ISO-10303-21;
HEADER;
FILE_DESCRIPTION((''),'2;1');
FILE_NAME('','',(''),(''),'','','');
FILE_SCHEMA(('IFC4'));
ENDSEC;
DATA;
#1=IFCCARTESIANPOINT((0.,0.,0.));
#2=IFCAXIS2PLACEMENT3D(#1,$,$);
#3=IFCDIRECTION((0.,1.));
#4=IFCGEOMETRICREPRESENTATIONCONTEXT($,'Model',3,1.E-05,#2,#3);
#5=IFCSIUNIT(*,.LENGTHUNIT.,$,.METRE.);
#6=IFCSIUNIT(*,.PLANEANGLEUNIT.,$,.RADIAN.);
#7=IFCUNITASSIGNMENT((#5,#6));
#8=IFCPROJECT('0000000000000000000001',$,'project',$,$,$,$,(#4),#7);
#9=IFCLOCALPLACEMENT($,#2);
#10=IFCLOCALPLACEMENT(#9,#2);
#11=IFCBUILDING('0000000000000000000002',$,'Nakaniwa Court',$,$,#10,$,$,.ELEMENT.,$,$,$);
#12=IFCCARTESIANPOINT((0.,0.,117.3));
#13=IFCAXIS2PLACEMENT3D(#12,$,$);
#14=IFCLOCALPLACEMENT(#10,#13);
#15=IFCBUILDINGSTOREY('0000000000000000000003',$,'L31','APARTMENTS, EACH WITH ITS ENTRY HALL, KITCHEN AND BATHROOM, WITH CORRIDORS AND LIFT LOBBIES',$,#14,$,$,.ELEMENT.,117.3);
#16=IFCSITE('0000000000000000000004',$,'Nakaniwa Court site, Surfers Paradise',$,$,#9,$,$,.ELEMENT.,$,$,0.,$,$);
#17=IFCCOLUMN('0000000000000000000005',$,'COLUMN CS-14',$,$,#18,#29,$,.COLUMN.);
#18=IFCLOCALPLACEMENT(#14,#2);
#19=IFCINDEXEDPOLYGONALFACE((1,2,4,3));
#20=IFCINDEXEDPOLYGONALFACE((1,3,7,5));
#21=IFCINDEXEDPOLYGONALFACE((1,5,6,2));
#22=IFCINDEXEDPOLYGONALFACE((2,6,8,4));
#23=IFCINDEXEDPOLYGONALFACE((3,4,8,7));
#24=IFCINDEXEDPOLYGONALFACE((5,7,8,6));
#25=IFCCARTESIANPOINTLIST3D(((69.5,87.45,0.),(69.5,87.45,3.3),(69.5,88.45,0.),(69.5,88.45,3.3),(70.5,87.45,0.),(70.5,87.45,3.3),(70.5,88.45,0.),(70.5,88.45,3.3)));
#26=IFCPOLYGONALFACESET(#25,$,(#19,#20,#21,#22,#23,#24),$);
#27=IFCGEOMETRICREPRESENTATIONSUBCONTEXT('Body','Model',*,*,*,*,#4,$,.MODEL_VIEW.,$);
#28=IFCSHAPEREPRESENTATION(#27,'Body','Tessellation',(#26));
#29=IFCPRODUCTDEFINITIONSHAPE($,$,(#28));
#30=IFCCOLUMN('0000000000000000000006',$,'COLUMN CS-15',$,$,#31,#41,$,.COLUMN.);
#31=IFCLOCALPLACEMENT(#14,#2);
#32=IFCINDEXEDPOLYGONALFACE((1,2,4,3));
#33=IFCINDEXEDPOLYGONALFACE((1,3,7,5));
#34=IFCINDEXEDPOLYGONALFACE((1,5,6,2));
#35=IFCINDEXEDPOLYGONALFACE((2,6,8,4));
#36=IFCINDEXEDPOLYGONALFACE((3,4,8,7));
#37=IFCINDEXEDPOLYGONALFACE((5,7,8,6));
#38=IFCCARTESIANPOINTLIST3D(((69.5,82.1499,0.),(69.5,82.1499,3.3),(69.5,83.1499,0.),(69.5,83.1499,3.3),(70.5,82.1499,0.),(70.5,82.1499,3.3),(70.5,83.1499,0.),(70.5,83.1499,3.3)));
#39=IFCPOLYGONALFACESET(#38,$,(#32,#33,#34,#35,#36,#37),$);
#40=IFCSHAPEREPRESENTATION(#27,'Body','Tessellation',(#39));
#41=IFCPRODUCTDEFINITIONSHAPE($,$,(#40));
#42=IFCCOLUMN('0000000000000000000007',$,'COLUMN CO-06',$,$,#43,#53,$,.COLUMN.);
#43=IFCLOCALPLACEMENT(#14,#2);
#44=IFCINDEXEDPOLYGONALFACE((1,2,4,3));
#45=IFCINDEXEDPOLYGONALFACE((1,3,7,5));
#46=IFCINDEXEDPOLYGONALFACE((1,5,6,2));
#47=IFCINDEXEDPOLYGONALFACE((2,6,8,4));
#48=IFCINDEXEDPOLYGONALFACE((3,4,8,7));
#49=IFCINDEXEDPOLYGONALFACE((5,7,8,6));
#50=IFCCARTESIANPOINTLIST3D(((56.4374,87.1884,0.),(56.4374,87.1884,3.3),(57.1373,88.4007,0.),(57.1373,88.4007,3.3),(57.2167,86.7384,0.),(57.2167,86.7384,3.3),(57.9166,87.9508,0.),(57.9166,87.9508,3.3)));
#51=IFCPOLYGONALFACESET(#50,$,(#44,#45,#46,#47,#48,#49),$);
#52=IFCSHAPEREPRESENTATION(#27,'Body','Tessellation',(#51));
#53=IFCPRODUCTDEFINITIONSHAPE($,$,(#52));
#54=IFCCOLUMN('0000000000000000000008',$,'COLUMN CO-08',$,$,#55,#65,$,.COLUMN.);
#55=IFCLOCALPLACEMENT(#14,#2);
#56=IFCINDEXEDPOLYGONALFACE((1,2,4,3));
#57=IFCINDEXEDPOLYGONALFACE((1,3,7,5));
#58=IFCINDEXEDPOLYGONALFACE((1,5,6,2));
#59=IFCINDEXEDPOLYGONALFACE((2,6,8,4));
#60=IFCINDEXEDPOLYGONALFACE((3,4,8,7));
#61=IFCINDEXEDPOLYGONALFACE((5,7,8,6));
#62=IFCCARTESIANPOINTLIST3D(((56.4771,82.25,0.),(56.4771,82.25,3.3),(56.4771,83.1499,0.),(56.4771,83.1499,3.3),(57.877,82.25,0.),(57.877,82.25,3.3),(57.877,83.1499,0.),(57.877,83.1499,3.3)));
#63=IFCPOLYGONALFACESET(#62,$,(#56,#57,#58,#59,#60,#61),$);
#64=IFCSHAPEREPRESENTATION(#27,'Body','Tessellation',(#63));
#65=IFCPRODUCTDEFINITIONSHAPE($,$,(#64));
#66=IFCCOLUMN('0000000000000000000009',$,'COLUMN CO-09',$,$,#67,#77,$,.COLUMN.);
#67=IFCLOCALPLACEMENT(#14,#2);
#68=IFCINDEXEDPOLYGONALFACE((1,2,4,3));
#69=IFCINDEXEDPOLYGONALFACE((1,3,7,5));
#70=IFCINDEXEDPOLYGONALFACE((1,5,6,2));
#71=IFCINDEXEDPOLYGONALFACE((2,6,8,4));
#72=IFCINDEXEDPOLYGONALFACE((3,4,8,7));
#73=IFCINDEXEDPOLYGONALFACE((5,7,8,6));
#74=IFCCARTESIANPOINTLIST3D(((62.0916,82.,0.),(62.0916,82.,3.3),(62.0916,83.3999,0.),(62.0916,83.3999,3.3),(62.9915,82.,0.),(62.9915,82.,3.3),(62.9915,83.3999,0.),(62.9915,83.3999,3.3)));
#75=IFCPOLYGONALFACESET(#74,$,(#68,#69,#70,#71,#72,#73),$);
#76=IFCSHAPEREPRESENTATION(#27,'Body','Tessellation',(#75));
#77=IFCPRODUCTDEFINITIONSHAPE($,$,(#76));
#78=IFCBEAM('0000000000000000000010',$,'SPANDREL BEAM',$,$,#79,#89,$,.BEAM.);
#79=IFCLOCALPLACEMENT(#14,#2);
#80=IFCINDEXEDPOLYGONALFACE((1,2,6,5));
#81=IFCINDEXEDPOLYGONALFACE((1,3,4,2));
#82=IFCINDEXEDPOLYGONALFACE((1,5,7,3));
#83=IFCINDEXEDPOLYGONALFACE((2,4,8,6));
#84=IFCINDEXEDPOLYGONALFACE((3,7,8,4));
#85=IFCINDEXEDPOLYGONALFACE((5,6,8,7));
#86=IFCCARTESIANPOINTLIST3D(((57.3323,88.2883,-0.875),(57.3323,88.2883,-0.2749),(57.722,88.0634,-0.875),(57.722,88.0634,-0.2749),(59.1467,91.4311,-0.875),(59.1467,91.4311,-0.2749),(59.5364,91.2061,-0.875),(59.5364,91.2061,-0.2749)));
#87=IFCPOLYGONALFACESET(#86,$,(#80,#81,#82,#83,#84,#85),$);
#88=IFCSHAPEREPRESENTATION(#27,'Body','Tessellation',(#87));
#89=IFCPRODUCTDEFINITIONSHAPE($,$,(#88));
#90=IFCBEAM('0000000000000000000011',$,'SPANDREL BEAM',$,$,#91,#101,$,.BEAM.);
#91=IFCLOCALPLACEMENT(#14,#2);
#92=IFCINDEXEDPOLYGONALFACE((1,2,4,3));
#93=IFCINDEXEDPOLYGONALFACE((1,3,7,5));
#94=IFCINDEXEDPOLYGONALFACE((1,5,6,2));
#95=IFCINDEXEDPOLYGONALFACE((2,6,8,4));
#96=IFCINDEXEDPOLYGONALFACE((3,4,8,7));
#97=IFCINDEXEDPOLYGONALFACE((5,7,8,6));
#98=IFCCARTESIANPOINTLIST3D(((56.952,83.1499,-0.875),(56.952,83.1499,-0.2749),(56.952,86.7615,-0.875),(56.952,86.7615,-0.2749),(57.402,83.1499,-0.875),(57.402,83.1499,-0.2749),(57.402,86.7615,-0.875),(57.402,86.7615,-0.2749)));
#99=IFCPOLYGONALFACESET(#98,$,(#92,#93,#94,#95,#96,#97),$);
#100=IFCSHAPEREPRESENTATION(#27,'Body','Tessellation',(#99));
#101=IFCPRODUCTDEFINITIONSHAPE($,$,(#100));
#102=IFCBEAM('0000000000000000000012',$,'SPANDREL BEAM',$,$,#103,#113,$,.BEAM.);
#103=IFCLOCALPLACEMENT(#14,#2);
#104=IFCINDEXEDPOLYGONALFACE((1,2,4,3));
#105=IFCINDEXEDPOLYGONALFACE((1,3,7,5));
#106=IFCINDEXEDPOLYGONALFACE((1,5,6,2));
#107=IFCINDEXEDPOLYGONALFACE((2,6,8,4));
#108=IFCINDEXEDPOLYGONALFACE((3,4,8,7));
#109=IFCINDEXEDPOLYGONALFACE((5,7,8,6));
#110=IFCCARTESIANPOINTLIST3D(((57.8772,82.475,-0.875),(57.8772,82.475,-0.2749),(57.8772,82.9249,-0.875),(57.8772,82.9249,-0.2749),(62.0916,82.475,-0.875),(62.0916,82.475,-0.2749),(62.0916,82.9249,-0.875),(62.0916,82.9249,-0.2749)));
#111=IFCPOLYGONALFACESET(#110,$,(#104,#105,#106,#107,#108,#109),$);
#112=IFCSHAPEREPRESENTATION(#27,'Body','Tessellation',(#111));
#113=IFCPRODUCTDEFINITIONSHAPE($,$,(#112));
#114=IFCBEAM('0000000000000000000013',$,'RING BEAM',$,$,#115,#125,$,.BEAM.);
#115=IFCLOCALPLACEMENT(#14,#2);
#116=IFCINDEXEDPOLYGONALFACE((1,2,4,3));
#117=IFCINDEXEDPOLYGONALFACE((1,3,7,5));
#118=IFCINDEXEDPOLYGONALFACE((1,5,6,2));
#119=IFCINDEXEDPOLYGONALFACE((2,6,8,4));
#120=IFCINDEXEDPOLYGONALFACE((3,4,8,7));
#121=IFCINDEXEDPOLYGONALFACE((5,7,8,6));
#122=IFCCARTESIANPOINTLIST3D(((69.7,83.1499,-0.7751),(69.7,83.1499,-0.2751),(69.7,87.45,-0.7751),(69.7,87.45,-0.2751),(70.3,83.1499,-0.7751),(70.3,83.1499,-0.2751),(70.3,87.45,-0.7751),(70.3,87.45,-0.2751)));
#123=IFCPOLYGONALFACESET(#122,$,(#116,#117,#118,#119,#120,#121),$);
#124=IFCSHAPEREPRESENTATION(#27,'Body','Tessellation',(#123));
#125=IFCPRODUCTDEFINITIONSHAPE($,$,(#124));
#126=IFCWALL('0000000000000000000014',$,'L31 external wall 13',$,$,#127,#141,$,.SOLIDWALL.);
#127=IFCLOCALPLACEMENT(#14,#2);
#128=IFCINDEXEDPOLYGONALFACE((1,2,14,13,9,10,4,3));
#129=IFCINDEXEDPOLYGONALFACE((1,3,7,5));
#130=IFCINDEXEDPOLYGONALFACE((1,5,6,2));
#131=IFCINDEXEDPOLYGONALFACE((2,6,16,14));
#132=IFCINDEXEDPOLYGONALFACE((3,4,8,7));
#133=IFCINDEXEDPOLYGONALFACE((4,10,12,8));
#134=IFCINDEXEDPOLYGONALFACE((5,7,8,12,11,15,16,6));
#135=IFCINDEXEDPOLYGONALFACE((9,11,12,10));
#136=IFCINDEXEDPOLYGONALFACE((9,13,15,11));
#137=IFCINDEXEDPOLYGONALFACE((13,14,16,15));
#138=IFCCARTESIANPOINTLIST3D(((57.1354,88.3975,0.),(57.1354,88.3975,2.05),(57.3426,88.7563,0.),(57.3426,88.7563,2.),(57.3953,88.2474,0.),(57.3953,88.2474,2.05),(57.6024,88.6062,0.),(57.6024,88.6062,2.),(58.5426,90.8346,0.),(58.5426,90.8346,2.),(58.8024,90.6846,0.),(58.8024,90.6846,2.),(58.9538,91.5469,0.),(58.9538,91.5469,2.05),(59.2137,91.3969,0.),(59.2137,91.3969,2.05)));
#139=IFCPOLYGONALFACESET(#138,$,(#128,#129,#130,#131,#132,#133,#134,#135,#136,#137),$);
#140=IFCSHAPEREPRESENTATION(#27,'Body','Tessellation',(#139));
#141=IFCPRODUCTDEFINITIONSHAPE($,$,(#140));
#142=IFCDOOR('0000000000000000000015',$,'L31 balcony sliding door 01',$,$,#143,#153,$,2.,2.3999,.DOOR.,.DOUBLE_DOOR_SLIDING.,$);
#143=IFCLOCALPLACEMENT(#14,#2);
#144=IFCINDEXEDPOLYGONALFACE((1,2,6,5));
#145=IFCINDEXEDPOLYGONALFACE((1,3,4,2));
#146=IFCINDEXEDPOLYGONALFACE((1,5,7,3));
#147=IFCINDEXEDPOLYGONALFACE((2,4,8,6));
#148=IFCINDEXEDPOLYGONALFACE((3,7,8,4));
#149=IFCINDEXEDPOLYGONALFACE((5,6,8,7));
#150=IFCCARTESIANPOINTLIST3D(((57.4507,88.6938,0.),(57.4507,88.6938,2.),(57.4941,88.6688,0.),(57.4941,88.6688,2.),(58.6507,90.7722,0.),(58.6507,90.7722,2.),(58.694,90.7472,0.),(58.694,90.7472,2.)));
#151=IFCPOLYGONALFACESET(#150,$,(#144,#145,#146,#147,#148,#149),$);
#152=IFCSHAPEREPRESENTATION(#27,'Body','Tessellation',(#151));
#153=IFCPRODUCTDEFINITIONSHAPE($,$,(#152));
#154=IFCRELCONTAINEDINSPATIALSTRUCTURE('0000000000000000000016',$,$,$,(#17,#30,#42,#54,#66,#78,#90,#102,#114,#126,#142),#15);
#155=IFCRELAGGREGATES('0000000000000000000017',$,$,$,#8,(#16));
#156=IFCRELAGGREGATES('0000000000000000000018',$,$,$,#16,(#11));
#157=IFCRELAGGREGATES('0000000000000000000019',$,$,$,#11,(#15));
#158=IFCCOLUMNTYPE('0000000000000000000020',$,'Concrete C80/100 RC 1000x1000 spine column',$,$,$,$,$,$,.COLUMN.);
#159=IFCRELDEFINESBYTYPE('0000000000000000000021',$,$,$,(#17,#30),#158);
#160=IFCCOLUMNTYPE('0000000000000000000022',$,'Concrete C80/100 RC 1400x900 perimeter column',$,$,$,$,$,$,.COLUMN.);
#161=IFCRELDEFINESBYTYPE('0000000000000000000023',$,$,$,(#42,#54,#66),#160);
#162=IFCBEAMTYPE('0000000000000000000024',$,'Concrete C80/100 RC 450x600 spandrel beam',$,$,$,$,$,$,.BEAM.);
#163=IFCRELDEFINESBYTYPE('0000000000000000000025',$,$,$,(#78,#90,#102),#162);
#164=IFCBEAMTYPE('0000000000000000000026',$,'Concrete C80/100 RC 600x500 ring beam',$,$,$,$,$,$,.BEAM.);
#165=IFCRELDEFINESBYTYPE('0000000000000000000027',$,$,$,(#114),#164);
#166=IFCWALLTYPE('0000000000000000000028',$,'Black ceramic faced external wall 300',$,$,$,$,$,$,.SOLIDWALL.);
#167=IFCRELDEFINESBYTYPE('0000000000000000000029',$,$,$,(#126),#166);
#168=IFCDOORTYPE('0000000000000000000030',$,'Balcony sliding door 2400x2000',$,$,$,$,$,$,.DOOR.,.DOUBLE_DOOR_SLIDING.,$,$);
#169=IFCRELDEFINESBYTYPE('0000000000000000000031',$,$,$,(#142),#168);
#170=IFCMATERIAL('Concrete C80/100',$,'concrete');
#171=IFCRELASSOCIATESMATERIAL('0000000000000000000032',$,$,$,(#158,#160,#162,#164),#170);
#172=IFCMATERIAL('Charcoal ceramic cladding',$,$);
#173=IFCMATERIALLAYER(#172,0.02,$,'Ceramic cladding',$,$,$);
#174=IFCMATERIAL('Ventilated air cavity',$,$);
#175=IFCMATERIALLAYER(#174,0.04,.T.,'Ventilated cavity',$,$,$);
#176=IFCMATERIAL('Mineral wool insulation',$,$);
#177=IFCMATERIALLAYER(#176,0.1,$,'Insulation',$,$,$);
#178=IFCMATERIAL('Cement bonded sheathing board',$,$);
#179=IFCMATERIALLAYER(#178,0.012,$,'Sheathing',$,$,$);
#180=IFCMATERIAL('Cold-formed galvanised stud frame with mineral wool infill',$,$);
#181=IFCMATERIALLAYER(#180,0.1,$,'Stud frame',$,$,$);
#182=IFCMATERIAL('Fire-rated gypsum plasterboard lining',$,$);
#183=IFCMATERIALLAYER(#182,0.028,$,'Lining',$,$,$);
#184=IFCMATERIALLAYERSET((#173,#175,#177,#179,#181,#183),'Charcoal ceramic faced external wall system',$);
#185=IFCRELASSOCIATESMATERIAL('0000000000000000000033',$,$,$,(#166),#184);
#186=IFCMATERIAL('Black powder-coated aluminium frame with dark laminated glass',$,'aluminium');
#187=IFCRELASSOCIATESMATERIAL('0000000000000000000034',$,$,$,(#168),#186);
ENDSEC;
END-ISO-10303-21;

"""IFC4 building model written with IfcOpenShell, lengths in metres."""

from ifc_helpers import new_model, si_unit, direction, frame, frame_2d, origin, origin_2d, place, context, subcontext, project, spatial, rectangle, extrude, material, layer, layer_set, material_profile, profile_set, type_object, element, fill, save


model = new_model("IFC4")

# Units and contexts
model_context = context("Model", 3, precision=1e-05, world=origin(), true_north=direction((0.0, 1.0)))
body_context = subcontext(model_context, "Body", "Model", "MODEL_VIEW")
ifc_project = project(units=[si_unit("LENGTHUNIT", "METRE"), si_unit("PLANEANGLEUNIT", "RADIAN")], contexts=[model_context])

# Site, building, storey
site_placement = place(None, origin())
site = spatial("IfcSite", under=ifc_project, at=site_placement, Name="Nakaniwa Court site, Surfers Paradise", CompositionType="ELEMENT", RefElevation=0.0)
building_placement = place(site_placement, origin())
building = spatial("IfcBuilding", under=site, at=building_placement, Name="Nakaniwa Court", CompositionType="ELEMENT")
storey_placement = place(building_placement, frame((0.0, 0.0, 117.3)))
storey = spatial("IfcBuildingStorey", under=building, at=storey_placement, Name="L31", Description="APARTMENTS, EACH WITH ITS ENTRY HALL, KITCHEN AND BATHROOM, WITH CORRIDORS AND LIFT LOBBIES", CompositionType="ELEMENT", Elevation=117.3)

# Columns
ifc_material_1 = material(Name="Concrete C80/100", Category="concrete")
ifc_material_profile_1 = material_profile(ifc_material_1, rectangle(XDim=1.0, YDim=1.0, at=origin_2d()), Name="Concrete C80/100 RC 1000x1000 spine column")
ifc_profile_set_1 = profile_set([ifc_material_profile_1], Name="Concrete C80/100")
column_type_1 = type_object("IfcColumnType", Name="Concrete C80/100 RC 1000x1000 spine column", PredefinedType="COLUMN", material=ifc_profile_set_1)
for number, where, z_axis, x_axis, name in (
    (1, (70.0, 87.95, 0.0), (0.0, 0.0, 1.0), (0.0, -1.0, 0.0), "COLUMN CS-14"),
    (2, (70.0, 82.6499, 0.0), (0.0, 0.0, 1.0), (0.0, -1.0, 0.0), "COLUMN CS-15"),
):
    element("IfcColumn", number, at=place(storey_placement, frame(where, z_axis=z_axis, x_axis=x_axis)), inside=storey, type_object=column_type_1, Name=name, PredefinedType="COLUMN", context=body_context, shape_type="SweptSolid", body=[
        extrude(rectangle(XDim=1.0, YDim=1.0, at=origin_2d()), origin(), (0.0, 0.0, 1.0), 3.3),
    ])
ifc_material_profile_2 = material_profile(ifc_material_1, rectangle(XDim=1.3999, YDim=0.8999, at=origin_2d()), Name="Concrete C80/100 RC 1400x900 perimeter column")
ifc_profile_set_2 = profile_set([ifc_material_profile_2], Name="Concrete C80/100")
column_type_2 = type_object("IfcColumnType", Name="Concrete C80/100 RC 1400x900 perimeter column", PredefinedType="COLUMN", material=ifc_profile_set_2)
for number, where, z_axis, x_axis, name in (
    (3, (57.177, 87.5696, 0.0), (0.0, 0.0, 1.0), (-0.5, -0.866025, 0.0), "COLUMN CO-06"),
    (4, (57.177, 82.7, 0.0), (0.0, 0.0, 1.0), (1.0, 0.0, 0.0), "COLUMN CO-08"),
    (5, (62.5415, 82.7, 0.0), (0.0, 0.0, 1.0), (0.0, -1.0, 0.0), "COLUMN CO-09"),
):
    element("IfcColumn", number, at=place(storey_placement, frame(where, z_axis=z_axis, x_axis=x_axis)), inside=storey, type_object=column_type_2, Name=name, PredefinedType="COLUMN", context=body_context, shape_type="SweptSolid", body=[
        extrude(rectangle(XDim=1.3999, YDim=0.8999, at=origin_2d()), origin(), (0.0, 0.0, 1.0), 3.3),
    ])

# Beams
ifc_material_profile_3 = material_profile(ifc_material_1, rectangle(XDim=0.45, YDim=0.6001, at=origin_2d()), Name="Concrete C80/100 RC 450x600 spandrel beam")
ifc_profile_set_3 = profile_set([ifc_material_profile_3], Name="Concrete C80/100")
beam_type_1 = type_object("IfcBeamType", Name="Concrete C80/100 RC 450x600 spandrel beam", PredefinedType="BEAM", material=ifc_profile_set_3)
beam_1_placement = place(storey_placement, frame((59.3416, 91.3186, -0.575), z_axis=(-0.499988, -0.866032, 0.0), x_axis=(0.866032, -0.499988, 0.0)))
element("IfcBeam", 6, at=beam_1_placement, inside=storey, type_object=beam_type_1, Name="SPANDREL BEAM", PredefinedType="BEAM", context=body_context, shape_type="SweptSolid", body=[
    extrude(rectangle(XDim=0.45, YDim=0.6001, at=origin_2d()), origin(), (0.0, 0.0, 1.0), 3.6289),
])
beam_2_placement = place(storey_placement, frame((57.177, 86.7615, -0.575), z_axis=(0.0, -1.0, 0.0), x_axis=(1.0, 0.0, 0.0)))
element("IfcBeam", 7, at=beam_2_placement, inside=storey, type_object=beam_type_1, Name="SPANDREL BEAM", PredefinedType="BEAM", context=body_context, shape_type="SweptSolid", body=[
    extrude(rectangle(XDim=0.45, YDim=0.6001, at=origin_2d()), origin(), (0.0, 0.0, 1.0), 3.6116),
])
beam_3_placement = place(storey_placement, frame((57.8772, 82.7, -0.575), z_axis=(1.0, 0.0, 0.0), x_axis=(0.0, 1.0, 0.0)))
element("IfcBeam", 8, at=beam_3_placement, inside=storey, type_object=beam_type_1, Name="SPANDREL BEAM", PredefinedType="BEAM", context=body_context, shape_type="SweptSolid", body=[
    extrude(rectangle(XDim=0.45, YDim=0.6001, at=origin_2d()), origin(), (0.0, 0.0, 1.0), 4.2144),
])
ifc_material_profile_4 = material_profile(ifc_material_1, rectangle(XDim=0.6001, YDim=0.5, at=origin_2d()), Name="Concrete C80/100 RC 600x500 ring beam")
ifc_profile_set_4 = profile_set([ifc_material_profile_4], Name="Concrete C80/100")
beam_type_2 = type_object("IfcBeamType", Name="Concrete C80/100 RC 600x500 ring beam", PredefinedType="BEAM", material=ifc_profile_set_4)
beam_4_placement = place(storey_placement, frame((70.0, 87.45, -0.5251), z_axis=(0.0, -1.0, 0.0), x_axis=(1.0, 0.0, 0.0)))
element("IfcBeam", 9, at=beam_4_placement, inside=storey, type_object=beam_type_2, Name="RING BEAM", PredefinedType="BEAM", context=body_context, shape_type="SweptSolid", body=[
    extrude(rectangle(XDim=0.6001, YDim=0.5, at=origin_2d()), origin(), (0.0, 0.0, 1.0), 4.3),
])

# Wall, opening, door
ifc_material_2 = material(Name="Charcoal ceramic cladding")
ifc_layer_1 = layer(ifc_material_2, 0.02, Name="Ceramic cladding")
ifc_material_3 = material(Name="Ventilated air cavity")
ifc_layer_2 = layer(ifc_material_3, 0.04, ventilated=True, Name="Ventilated cavity")
ifc_material_4 = material(Name="Mineral wool insulation")
ifc_layer_3 = layer(ifc_material_4, 0.1, Name="Insulation")
ifc_material_5 = material(Name="Cement bonded sheathing board")
ifc_layer_4 = layer(ifc_material_5, 0.012, Name="Sheathing")
ifc_material_6 = material(Name="Cold-formed galvanised stud frame with mineral wool infill")
ifc_layer_5 = layer(ifc_material_6, 0.1, Name="Stud frame")
ifc_material_7 = material(Name="Fire-rated gypsum plasterboard lining")
ifc_layer_6 = layer(ifc_material_7, 0.028, Name="Lining")
ifc_layer_set_1 = layer_set([ifc_layer_1, ifc_layer_2, ifc_layer_3, ifc_layer_4, ifc_layer_5, ifc_layer_6], Name="Charcoal ceramic faced external wall system")
wall_type_1 = type_object("IfcWallType", Name="Black ceramic faced external wall 300", PredefinedType="SOLIDWALL", material=ifc_layer_set_1)
wall_1_placement = place(storey_placement, frame((59.0837, 91.4719, 0.0), z_axis=(0.0, 0.0, 1.0), x_axis=(-0.500009, -0.86602, 0.0)))
wall_1 = element("IfcWall", 10, at=wall_1_placement, inside=storey, type_object=wall_type_1, Name="L31 external wall 13", PredefinedType="SOLIDWALL", context=body_context, shape_type="SweptSolid", body=[
    extrude(rectangle(XDim=3.6367, YDim=0.3, at=frame_2d((1.8184, 0.0))), origin(), (0.0, 0.0, 1.0), 2.05),
])
opening_1_placement = place(wall_1_placement, frame((0.8225, 0.0, 0.0)))
opening_1 = element("IfcOpeningElement", 11, at=opening_1_placement, cuts=wall_1, PredefinedType="OPENING", context=body_context, shape_type="SweptSolid", body=[
    extrude(rectangle(XDim=2.3999, YDim=2.0, at=frame_2d((1.2, 1.0))), frame((0.0, 0.1599, 0.0), z_axis=(0.0, -1.0, 0.0), x_axis=(1.0, 0.0, 0.0)), (0.0, 0.0, 1.0), 0.3201),
])
ifc_material_8 = material(Name="Black powder-coated aluminium frame with dark laminated glass", Category="aluminium")
door_type_1 = type_object("IfcDoorType", Name="Balcony sliding door 2400x2000", OperationType="DOUBLE_DOOR_SLIDING", PredefinedType="DOOR", material=ifc_material_8)
door_1_placement = place(opening_1_placement, origin())
door_1 = element("IfcDoor", 12, at=door_1_placement, inside=storey, type_object=door_type_1, Name="L31 balcony sliding door 01", OperationType="DOUBLE_DOOR_SLIDING", OverallHeight=2.0, OverallWidth=2.3999, PredefinedType="DOOR", context=body_context, shape_type="SweptSolid", body=[
    extrude(rectangle(XDim=2.3999, YDim=2.0, at=frame_2d((1.2, 1.0))), frame((0.0, 0.0249, 0.0), z_axis=(0.0, -1.0, 0.0), x_axis=(1.0, 0.0, 0.0)), (0.0, 0.0, 1.0), 0.05),
])
fill(opening_1, door_1)

save(model, "model.ifc")
